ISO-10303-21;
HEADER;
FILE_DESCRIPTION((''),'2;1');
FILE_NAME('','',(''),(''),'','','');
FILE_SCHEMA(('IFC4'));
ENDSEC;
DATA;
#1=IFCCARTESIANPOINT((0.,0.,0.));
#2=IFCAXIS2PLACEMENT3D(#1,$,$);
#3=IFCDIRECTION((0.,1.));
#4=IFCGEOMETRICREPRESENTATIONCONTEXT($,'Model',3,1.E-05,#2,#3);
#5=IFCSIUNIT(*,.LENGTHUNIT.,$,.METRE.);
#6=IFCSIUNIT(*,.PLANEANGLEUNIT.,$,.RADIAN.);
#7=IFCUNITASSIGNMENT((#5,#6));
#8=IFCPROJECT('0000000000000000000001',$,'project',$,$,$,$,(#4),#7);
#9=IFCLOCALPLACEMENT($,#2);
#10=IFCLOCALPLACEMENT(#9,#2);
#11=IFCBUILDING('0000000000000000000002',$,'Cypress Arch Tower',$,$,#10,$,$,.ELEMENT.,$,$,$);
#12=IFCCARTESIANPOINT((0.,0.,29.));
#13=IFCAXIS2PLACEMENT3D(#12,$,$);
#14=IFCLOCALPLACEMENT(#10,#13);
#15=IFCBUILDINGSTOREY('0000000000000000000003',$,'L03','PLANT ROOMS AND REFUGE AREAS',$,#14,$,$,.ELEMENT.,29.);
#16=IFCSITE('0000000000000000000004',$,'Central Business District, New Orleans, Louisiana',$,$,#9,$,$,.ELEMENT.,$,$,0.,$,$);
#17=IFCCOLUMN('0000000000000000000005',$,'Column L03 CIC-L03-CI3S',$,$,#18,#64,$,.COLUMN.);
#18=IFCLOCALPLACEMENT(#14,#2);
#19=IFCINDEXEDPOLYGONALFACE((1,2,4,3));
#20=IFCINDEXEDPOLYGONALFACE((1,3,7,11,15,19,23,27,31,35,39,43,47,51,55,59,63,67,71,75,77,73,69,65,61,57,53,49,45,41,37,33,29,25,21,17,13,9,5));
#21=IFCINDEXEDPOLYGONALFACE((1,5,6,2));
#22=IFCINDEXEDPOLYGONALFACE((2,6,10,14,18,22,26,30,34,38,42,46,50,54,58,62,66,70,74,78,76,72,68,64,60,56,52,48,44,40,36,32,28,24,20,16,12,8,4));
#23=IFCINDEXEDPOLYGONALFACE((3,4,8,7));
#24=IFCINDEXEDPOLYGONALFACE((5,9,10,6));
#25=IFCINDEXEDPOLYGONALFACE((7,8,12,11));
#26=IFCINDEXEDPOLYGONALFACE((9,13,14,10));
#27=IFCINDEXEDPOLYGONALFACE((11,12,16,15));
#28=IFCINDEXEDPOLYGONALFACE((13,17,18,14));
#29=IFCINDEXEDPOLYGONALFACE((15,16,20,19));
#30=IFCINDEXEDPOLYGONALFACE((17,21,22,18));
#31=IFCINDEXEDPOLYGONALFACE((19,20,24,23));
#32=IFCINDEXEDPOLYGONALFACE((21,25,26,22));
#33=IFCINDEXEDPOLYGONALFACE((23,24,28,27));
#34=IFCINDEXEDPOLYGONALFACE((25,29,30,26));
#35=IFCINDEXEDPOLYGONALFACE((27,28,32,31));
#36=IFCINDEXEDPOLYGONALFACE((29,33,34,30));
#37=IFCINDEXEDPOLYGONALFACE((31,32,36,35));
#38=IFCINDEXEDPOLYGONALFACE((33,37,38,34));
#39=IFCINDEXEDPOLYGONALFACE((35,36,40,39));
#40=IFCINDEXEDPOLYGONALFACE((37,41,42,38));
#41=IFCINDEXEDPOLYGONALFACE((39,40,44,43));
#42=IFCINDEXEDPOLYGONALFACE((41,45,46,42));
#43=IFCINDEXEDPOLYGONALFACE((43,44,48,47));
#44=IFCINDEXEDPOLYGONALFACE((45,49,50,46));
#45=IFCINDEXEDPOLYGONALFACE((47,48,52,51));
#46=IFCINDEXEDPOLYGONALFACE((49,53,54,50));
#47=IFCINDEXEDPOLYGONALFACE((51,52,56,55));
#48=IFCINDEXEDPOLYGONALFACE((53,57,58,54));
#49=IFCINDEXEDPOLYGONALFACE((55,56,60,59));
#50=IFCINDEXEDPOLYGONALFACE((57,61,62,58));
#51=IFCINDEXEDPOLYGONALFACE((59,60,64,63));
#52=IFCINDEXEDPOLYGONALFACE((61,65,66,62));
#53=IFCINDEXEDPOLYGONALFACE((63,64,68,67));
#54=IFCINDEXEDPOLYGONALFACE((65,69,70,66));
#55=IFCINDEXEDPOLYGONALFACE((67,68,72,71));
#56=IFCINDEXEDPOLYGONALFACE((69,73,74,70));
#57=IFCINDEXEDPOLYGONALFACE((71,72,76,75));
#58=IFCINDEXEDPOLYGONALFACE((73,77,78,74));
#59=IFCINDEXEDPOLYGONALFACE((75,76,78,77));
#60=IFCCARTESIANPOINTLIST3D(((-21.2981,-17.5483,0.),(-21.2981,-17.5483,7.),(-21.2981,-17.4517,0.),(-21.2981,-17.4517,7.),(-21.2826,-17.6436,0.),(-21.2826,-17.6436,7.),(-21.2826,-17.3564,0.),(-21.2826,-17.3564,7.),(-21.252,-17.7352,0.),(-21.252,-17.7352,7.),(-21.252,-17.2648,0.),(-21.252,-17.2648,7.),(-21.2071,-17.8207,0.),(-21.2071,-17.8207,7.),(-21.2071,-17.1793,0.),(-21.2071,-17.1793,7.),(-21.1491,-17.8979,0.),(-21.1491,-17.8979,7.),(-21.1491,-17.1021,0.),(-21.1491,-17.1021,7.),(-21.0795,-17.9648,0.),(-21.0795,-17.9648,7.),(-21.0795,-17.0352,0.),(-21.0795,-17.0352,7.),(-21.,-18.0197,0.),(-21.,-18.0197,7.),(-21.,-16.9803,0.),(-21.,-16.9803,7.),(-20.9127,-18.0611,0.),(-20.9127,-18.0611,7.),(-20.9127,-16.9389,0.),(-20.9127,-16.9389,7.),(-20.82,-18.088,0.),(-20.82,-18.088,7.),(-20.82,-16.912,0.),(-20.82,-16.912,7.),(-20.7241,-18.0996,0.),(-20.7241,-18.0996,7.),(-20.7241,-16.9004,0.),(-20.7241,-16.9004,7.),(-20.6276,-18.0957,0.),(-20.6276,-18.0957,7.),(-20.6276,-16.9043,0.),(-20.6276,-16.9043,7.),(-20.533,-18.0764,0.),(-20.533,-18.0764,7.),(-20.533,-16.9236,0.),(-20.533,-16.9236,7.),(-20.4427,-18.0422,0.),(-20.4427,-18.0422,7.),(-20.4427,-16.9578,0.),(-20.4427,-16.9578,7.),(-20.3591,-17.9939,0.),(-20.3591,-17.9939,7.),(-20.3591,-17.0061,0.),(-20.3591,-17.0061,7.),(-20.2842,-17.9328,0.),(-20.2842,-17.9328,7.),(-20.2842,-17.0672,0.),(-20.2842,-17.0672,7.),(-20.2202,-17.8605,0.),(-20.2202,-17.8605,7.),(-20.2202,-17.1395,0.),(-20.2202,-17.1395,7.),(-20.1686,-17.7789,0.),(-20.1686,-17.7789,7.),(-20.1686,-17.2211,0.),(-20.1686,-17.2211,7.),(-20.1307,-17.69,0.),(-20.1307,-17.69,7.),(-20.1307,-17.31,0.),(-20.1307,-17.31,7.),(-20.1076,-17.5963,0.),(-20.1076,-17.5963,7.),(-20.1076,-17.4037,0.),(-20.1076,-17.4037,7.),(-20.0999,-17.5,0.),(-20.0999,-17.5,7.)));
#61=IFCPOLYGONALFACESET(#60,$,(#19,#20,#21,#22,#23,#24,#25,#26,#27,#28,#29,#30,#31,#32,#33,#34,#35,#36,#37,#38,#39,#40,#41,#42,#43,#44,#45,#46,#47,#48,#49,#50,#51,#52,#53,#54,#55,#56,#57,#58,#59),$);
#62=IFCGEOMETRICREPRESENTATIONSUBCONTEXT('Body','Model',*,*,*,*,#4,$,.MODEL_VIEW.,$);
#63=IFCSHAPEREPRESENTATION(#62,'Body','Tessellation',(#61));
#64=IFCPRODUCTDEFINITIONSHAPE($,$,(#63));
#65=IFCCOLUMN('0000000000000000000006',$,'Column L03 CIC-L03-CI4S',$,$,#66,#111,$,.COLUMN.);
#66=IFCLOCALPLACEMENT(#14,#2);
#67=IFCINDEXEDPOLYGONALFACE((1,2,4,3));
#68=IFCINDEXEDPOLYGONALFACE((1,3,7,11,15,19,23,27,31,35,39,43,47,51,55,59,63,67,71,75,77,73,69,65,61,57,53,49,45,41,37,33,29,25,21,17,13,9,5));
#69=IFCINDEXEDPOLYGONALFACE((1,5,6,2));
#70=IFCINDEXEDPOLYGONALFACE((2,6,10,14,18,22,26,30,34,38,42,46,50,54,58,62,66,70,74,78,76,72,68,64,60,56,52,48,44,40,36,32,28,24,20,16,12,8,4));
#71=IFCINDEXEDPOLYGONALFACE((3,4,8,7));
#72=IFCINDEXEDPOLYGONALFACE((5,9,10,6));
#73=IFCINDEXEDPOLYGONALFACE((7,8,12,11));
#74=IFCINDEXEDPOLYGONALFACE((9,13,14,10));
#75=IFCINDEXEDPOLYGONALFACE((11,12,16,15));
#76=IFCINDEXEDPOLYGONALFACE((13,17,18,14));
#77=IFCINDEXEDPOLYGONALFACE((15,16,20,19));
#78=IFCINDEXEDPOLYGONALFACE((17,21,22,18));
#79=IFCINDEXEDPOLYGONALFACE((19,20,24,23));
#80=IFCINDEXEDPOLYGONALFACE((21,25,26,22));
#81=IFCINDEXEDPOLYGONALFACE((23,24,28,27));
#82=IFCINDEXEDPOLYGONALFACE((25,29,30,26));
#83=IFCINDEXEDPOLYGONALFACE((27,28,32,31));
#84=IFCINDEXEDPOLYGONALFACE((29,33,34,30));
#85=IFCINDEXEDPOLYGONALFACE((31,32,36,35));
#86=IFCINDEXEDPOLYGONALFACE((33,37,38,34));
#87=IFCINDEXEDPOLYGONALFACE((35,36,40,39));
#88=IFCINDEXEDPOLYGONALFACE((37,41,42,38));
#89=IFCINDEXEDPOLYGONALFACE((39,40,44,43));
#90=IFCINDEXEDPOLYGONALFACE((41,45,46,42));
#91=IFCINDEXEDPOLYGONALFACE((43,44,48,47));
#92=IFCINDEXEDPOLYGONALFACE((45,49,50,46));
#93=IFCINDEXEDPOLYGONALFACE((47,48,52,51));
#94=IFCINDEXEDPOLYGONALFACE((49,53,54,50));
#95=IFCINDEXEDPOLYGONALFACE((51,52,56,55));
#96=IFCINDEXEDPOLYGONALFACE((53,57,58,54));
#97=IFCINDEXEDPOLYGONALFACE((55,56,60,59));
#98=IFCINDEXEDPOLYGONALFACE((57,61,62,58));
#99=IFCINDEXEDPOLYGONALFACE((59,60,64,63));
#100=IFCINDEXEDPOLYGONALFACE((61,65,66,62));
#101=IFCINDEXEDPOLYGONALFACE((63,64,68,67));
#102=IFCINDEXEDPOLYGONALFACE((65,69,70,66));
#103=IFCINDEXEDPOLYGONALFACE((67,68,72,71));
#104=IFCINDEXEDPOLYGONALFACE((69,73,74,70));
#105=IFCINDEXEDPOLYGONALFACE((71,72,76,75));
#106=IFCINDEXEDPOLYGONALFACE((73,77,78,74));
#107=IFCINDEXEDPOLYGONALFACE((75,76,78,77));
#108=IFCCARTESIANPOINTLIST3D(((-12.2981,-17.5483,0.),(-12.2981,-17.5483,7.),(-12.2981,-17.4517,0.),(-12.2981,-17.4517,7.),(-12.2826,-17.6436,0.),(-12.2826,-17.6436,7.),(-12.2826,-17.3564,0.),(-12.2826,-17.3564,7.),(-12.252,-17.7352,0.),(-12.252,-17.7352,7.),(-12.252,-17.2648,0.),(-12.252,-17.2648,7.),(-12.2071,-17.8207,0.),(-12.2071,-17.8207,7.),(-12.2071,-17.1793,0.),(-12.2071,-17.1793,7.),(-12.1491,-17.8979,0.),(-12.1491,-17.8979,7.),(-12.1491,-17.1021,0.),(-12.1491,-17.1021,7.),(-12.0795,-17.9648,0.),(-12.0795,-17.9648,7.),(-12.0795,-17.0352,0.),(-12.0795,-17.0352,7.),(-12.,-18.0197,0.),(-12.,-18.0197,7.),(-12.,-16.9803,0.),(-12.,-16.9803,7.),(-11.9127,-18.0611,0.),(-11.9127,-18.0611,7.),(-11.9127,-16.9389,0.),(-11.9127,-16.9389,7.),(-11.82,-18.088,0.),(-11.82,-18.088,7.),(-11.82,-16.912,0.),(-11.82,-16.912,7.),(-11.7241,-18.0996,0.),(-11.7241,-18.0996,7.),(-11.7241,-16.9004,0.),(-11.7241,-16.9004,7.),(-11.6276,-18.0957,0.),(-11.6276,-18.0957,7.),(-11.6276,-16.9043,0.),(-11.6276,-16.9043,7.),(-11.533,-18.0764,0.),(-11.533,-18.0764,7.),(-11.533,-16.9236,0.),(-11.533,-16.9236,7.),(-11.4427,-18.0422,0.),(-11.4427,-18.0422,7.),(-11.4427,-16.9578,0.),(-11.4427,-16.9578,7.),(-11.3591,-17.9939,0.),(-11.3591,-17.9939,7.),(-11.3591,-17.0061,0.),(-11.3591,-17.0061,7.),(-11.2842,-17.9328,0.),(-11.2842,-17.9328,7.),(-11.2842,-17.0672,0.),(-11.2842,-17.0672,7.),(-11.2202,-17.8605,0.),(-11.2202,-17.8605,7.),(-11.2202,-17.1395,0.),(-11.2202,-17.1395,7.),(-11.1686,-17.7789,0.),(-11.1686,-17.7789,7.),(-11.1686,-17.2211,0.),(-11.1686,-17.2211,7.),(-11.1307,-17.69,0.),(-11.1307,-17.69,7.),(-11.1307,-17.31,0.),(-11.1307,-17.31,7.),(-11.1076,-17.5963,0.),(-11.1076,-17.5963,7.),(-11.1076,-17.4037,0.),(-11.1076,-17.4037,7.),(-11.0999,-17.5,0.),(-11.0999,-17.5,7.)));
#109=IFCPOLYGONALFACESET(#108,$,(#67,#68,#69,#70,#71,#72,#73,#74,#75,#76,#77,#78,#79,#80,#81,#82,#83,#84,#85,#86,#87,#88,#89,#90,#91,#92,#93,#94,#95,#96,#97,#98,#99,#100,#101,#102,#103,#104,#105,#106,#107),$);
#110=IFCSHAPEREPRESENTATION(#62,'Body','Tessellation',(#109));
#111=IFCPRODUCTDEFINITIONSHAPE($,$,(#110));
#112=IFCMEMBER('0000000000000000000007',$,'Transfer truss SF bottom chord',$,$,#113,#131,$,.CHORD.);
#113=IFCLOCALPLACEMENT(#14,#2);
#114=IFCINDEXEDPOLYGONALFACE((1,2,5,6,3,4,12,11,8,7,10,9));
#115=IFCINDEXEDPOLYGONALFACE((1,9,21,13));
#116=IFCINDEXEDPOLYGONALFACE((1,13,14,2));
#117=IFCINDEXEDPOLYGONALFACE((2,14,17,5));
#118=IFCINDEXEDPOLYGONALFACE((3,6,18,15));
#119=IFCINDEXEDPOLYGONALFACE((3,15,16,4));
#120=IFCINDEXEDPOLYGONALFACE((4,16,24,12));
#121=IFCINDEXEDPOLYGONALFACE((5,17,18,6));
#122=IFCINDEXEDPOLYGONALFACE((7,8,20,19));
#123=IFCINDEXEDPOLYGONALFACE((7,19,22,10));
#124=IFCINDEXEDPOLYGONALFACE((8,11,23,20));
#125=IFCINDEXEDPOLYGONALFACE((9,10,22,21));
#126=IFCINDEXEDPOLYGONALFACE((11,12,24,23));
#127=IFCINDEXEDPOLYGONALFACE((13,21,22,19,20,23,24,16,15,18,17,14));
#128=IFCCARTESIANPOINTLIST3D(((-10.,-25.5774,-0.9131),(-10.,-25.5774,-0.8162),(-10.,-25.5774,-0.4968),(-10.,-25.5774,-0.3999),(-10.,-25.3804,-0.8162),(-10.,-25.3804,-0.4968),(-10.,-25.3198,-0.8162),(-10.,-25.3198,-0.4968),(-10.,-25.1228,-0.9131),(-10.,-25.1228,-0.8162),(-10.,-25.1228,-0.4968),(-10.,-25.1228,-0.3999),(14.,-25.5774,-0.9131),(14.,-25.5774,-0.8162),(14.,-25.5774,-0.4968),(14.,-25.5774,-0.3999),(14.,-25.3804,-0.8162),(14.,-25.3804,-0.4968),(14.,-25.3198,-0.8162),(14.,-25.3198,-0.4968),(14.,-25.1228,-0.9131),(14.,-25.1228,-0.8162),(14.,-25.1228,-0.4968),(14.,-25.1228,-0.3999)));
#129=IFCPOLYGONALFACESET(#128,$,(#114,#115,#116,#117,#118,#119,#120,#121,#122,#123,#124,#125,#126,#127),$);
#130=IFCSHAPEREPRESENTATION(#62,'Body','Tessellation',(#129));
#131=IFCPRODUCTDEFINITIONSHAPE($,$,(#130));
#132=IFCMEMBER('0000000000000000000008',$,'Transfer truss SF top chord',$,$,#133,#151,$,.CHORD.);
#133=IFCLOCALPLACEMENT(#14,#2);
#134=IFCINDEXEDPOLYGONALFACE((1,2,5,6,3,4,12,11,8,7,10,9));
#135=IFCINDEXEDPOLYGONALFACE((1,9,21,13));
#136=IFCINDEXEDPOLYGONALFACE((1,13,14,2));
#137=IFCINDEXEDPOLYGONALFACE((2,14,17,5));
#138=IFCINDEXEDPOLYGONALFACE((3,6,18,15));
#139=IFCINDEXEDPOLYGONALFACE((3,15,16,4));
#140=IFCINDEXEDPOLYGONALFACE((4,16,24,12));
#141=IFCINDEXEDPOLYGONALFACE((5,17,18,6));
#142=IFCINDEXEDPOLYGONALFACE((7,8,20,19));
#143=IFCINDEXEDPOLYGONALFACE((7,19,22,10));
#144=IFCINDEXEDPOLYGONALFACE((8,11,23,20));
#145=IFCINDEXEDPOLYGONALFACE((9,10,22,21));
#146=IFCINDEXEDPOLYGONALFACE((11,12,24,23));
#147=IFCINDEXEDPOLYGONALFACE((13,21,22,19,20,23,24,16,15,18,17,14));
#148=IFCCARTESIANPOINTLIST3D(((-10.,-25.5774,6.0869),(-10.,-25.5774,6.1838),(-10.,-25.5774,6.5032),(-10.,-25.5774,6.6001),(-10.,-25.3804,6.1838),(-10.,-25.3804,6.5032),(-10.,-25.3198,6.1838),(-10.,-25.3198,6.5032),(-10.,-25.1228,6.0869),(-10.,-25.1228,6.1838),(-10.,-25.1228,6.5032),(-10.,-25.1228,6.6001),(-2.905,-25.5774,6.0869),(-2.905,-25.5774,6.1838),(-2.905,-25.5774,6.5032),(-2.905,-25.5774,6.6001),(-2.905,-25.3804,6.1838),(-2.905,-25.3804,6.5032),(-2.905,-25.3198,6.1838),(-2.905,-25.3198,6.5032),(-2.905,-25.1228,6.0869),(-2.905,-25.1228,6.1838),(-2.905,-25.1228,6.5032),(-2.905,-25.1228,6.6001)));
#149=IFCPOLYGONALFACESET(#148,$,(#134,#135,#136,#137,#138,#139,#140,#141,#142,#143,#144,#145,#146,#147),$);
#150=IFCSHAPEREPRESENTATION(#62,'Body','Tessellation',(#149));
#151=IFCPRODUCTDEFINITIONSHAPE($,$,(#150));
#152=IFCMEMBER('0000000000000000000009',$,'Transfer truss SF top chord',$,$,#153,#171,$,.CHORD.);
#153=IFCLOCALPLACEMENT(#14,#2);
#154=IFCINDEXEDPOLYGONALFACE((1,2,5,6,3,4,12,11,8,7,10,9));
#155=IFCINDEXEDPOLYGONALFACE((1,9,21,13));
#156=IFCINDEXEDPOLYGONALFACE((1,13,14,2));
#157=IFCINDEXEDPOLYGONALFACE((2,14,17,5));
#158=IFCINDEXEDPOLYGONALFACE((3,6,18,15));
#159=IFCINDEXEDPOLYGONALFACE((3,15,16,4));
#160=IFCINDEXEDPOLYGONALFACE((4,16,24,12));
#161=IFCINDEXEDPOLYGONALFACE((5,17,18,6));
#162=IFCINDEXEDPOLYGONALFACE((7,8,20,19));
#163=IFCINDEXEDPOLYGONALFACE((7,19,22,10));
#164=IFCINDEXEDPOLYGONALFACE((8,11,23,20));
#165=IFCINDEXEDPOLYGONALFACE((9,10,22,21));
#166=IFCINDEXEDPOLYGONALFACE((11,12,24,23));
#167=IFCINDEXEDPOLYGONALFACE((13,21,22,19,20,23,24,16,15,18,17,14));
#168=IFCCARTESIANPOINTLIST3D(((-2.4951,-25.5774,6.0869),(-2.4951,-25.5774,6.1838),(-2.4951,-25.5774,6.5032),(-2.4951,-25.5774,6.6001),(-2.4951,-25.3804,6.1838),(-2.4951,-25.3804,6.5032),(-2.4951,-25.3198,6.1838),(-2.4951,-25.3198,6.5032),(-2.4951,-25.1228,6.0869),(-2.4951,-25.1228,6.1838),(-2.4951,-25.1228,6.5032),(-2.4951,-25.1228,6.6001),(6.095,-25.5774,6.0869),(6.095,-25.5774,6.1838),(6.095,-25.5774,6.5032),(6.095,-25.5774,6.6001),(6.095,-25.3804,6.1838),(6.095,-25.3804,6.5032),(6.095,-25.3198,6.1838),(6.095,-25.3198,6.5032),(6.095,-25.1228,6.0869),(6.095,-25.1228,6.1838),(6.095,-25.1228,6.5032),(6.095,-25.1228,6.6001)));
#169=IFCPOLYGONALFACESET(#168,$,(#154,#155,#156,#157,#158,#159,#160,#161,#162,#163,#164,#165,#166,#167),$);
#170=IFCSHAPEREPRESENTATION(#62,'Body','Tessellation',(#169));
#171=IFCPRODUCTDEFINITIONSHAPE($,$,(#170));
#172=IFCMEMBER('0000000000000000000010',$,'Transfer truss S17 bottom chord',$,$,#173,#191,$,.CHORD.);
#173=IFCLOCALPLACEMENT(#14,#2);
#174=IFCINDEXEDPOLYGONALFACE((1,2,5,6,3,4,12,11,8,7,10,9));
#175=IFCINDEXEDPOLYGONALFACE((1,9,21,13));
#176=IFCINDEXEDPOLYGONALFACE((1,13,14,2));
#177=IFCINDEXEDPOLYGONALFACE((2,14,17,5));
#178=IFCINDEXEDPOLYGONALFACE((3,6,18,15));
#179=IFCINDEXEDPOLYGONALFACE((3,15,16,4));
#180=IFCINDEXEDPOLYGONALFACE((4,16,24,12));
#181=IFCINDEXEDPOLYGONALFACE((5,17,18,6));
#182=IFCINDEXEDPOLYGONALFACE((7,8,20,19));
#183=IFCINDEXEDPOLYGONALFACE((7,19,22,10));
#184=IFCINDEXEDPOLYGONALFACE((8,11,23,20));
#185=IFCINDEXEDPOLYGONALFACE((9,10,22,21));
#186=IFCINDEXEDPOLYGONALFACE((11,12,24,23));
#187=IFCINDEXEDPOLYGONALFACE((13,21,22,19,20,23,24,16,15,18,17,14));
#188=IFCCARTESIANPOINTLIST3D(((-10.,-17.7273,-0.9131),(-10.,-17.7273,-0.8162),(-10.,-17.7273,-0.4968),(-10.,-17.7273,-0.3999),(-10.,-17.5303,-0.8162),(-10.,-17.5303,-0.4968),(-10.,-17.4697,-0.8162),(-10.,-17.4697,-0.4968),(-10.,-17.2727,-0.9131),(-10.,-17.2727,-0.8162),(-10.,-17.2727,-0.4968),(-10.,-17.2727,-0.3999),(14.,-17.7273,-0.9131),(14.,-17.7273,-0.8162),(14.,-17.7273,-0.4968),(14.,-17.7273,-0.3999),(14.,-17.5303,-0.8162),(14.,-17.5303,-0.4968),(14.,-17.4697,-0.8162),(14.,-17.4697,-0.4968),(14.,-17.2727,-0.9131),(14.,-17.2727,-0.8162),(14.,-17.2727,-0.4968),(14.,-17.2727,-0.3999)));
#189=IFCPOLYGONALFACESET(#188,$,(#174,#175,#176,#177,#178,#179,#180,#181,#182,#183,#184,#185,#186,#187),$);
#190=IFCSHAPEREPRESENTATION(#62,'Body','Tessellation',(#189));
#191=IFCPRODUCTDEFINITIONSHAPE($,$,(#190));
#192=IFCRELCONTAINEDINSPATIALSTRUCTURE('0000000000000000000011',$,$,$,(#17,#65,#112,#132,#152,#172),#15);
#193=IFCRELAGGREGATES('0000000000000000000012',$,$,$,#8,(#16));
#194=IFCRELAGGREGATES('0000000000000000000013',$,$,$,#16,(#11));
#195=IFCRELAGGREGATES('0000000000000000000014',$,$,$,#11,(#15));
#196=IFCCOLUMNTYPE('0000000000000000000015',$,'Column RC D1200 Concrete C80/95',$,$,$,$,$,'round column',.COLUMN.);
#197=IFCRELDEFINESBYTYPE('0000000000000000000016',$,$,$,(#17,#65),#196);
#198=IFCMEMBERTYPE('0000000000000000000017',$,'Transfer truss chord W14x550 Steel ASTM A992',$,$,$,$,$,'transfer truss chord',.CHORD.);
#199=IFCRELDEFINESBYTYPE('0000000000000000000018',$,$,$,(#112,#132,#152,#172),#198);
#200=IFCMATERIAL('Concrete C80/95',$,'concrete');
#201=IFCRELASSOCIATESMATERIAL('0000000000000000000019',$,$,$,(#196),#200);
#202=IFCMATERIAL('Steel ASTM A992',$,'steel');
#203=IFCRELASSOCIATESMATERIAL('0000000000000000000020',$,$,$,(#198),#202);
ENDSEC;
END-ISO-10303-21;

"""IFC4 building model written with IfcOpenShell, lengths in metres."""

from ifc_helpers import new_model, si_unit, direction, frame, origin, origin_2d, place, context, subcontext, project, spatial, circle, i_section, extrude, material, material_profile, profile_set, type_object, element, save


model = new_model("IFC4")

# Units and contexts
model_context = context("Model", 3, precision=1e-05, world=origin(), true_north=direction((0.0, 1.0)))
body_context = subcontext(model_context, "Body", "Model", "MODEL_VIEW")
ifc_project = project(units=[si_unit("LENGTHUNIT", "METRE"), si_unit("PLANEANGLEUNIT", "RADIAN")], contexts=[model_context])

# Site, building, storey
site_placement = place(None, origin())
site = spatial("IfcSite", under=ifc_project, at=site_placement, Name="Central Business District, New Orleans, Louisiana", CompositionType="ELEMENT", RefElevation=0.0)
building_placement = place(site_placement, origin())
building = spatial("IfcBuilding", under=site, at=building_placement, Name="Cypress Arch Tower", CompositionType="ELEMENT")
storey_placement = place(building_placement, frame((0.0, 0.0, 29.0)))
storey = spatial("IfcBuildingStorey", under=building, at=storey_placement, Name="L03", Description="PLANT ROOMS AND REFUGE AREAS", CompositionType="ELEMENT", Elevation=29.0)

# Columns
ifc_material_1 = material(Name="Concrete C80/95", Category="concrete")
ifc_material_profile_1 = material_profile(ifc_material_1, circle(Radius=0.6001, at=origin_2d()), Name="RC D1200")
ifc_profile_set_1 = profile_set([ifc_material_profile_1], Name="Concrete C80/95")
column_type = type_object("IfcColumnType", Name="Column RC D1200 Concrete C80/95", ElementType="round column", PredefinedType="COLUMN", material=ifc_profile_set_1)
for number, where, z_axis, x_axis, name in (
    (1, (-20.7, -17.5, 0.0), (0.0, 0.0, 1.0), (1.0, 0.0, 0.0), "Column L03 CIC-L03-CI3S"),
    (2, (-11.7, -17.5, 0.0), (0.0, 0.0, 1.0), (1.0, 0.0, 0.0), "Column L03 CIC-L03-CI4S"),
):
    element("IfcColumn", number, at=place(storey_placement, frame(where, z_axis=z_axis, x_axis=x_axis)), inside=storey, type_object=column_type, Name=name, PredefinedType="COLUMN", context=body_context, shape_type="SweptSolid", body=[
        extrude(circle(Radius=0.6001, at=origin_2d()), origin(), (0.0, 0.0, 1.0), 7.0),
    ])

# Members
ifc_material_2 = material(Name="Steel ASTM A992", Category="steel")
ifc_material_profile_2 = material_profile(ifc_material_2, i_section(OverallWidth=0.4546, OverallDepth=0.5132, WebThickness=0.0605, FlangeThickness=0.0969, at=origin_2d()), Name="W14x550")
ifc_profile_set_2 = profile_set([ifc_material_profile_2], Name="Steel ASTM A992")
member_type_1 = type_object("IfcMemberType", Name="Transfer truss chord W14x550 Steel ASTM A992", ElementType="transfer truss chord", PredefinedType="CHORD", material=ifc_profile_set_2)
member_1_placement = place(storey_placement, frame((-10.0, -25.3501, -0.6565), z_axis=(1.0, 0.0, 0.0), x_axis=(0.0, 1.0, 0.0)))
element("IfcMember", 3, at=member_1_placement, inside=storey, type_object=member_type_1, Name="Transfer truss SF bottom chord", PredefinedType="CHORD", context=body_context, shape_type="SweptSolid", body=[
    extrude(i_section(OverallWidth=0.4546, OverallDepth=0.5132, WebThickness=0.0605, FlangeThickness=0.0969, at=origin_2d()), origin(), (0.0, 0.0, 1.0), 24.0),
])
member_2_placement = place(storey_placement, frame((-10.0, -25.3501, 6.3435), z_axis=(1.0, 0.0, 0.0), x_axis=(0.0, 1.0, 0.0)))
element("IfcMember", 4, at=member_2_placement, inside=storey, type_object=member_type_1, Name="Transfer truss SF top chord", PredefinedType="CHORD", context=body_context, shape_type="SweptSolid", body=[
    extrude(i_section(OverallWidth=0.4546, OverallDepth=0.5132, WebThickness=0.0605, FlangeThickness=0.0969, at=origin_2d()), origin(), (0.0, 0.0, 1.0), 7.095),
])
member_3_placement = place(storey_placement, frame((-2.4951, -25.3501, 6.3435), z_axis=(1.0, 0.0, 0.0), x_axis=(0.0, 1.0, 0.0)))
element("IfcMember", 5, at=member_3_placement, inside=storey, type_object=member_type_1, Name="Transfer truss SF top chord", PredefinedType="CHORD", context=body_context, shape_type="SweptSolid", body=[
    extrude(i_section(OverallWidth=0.4546, OverallDepth=0.5132, WebThickness=0.0605, FlangeThickness=0.0969, at=origin_2d()), origin(), (0.0, 0.0, 1.0), 8.5901),
])
member_4_placement = place(storey_placement, frame((-10.0, -17.5, -0.6565), z_axis=(1.0, 0.0, 0.0), x_axis=(0.0, 1.0, 0.0)))
element("IfcMember", 6, at=member_4_placement, inside=storey, type_object=member_type_1, Name="Transfer truss S17 bottom chord", PredefinedType="CHORD", context=body_context, shape_type="SweptSolid", body=[
    extrude(i_section(OverallWidth=0.4546, OverallDepth=0.5132, WebThickness=0.0605, FlangeThickness=0.0969, at=origin_2d()), origin(), (0.0, 0.0, 1.0), 24.0),
])

save(model, "model.ifc")
